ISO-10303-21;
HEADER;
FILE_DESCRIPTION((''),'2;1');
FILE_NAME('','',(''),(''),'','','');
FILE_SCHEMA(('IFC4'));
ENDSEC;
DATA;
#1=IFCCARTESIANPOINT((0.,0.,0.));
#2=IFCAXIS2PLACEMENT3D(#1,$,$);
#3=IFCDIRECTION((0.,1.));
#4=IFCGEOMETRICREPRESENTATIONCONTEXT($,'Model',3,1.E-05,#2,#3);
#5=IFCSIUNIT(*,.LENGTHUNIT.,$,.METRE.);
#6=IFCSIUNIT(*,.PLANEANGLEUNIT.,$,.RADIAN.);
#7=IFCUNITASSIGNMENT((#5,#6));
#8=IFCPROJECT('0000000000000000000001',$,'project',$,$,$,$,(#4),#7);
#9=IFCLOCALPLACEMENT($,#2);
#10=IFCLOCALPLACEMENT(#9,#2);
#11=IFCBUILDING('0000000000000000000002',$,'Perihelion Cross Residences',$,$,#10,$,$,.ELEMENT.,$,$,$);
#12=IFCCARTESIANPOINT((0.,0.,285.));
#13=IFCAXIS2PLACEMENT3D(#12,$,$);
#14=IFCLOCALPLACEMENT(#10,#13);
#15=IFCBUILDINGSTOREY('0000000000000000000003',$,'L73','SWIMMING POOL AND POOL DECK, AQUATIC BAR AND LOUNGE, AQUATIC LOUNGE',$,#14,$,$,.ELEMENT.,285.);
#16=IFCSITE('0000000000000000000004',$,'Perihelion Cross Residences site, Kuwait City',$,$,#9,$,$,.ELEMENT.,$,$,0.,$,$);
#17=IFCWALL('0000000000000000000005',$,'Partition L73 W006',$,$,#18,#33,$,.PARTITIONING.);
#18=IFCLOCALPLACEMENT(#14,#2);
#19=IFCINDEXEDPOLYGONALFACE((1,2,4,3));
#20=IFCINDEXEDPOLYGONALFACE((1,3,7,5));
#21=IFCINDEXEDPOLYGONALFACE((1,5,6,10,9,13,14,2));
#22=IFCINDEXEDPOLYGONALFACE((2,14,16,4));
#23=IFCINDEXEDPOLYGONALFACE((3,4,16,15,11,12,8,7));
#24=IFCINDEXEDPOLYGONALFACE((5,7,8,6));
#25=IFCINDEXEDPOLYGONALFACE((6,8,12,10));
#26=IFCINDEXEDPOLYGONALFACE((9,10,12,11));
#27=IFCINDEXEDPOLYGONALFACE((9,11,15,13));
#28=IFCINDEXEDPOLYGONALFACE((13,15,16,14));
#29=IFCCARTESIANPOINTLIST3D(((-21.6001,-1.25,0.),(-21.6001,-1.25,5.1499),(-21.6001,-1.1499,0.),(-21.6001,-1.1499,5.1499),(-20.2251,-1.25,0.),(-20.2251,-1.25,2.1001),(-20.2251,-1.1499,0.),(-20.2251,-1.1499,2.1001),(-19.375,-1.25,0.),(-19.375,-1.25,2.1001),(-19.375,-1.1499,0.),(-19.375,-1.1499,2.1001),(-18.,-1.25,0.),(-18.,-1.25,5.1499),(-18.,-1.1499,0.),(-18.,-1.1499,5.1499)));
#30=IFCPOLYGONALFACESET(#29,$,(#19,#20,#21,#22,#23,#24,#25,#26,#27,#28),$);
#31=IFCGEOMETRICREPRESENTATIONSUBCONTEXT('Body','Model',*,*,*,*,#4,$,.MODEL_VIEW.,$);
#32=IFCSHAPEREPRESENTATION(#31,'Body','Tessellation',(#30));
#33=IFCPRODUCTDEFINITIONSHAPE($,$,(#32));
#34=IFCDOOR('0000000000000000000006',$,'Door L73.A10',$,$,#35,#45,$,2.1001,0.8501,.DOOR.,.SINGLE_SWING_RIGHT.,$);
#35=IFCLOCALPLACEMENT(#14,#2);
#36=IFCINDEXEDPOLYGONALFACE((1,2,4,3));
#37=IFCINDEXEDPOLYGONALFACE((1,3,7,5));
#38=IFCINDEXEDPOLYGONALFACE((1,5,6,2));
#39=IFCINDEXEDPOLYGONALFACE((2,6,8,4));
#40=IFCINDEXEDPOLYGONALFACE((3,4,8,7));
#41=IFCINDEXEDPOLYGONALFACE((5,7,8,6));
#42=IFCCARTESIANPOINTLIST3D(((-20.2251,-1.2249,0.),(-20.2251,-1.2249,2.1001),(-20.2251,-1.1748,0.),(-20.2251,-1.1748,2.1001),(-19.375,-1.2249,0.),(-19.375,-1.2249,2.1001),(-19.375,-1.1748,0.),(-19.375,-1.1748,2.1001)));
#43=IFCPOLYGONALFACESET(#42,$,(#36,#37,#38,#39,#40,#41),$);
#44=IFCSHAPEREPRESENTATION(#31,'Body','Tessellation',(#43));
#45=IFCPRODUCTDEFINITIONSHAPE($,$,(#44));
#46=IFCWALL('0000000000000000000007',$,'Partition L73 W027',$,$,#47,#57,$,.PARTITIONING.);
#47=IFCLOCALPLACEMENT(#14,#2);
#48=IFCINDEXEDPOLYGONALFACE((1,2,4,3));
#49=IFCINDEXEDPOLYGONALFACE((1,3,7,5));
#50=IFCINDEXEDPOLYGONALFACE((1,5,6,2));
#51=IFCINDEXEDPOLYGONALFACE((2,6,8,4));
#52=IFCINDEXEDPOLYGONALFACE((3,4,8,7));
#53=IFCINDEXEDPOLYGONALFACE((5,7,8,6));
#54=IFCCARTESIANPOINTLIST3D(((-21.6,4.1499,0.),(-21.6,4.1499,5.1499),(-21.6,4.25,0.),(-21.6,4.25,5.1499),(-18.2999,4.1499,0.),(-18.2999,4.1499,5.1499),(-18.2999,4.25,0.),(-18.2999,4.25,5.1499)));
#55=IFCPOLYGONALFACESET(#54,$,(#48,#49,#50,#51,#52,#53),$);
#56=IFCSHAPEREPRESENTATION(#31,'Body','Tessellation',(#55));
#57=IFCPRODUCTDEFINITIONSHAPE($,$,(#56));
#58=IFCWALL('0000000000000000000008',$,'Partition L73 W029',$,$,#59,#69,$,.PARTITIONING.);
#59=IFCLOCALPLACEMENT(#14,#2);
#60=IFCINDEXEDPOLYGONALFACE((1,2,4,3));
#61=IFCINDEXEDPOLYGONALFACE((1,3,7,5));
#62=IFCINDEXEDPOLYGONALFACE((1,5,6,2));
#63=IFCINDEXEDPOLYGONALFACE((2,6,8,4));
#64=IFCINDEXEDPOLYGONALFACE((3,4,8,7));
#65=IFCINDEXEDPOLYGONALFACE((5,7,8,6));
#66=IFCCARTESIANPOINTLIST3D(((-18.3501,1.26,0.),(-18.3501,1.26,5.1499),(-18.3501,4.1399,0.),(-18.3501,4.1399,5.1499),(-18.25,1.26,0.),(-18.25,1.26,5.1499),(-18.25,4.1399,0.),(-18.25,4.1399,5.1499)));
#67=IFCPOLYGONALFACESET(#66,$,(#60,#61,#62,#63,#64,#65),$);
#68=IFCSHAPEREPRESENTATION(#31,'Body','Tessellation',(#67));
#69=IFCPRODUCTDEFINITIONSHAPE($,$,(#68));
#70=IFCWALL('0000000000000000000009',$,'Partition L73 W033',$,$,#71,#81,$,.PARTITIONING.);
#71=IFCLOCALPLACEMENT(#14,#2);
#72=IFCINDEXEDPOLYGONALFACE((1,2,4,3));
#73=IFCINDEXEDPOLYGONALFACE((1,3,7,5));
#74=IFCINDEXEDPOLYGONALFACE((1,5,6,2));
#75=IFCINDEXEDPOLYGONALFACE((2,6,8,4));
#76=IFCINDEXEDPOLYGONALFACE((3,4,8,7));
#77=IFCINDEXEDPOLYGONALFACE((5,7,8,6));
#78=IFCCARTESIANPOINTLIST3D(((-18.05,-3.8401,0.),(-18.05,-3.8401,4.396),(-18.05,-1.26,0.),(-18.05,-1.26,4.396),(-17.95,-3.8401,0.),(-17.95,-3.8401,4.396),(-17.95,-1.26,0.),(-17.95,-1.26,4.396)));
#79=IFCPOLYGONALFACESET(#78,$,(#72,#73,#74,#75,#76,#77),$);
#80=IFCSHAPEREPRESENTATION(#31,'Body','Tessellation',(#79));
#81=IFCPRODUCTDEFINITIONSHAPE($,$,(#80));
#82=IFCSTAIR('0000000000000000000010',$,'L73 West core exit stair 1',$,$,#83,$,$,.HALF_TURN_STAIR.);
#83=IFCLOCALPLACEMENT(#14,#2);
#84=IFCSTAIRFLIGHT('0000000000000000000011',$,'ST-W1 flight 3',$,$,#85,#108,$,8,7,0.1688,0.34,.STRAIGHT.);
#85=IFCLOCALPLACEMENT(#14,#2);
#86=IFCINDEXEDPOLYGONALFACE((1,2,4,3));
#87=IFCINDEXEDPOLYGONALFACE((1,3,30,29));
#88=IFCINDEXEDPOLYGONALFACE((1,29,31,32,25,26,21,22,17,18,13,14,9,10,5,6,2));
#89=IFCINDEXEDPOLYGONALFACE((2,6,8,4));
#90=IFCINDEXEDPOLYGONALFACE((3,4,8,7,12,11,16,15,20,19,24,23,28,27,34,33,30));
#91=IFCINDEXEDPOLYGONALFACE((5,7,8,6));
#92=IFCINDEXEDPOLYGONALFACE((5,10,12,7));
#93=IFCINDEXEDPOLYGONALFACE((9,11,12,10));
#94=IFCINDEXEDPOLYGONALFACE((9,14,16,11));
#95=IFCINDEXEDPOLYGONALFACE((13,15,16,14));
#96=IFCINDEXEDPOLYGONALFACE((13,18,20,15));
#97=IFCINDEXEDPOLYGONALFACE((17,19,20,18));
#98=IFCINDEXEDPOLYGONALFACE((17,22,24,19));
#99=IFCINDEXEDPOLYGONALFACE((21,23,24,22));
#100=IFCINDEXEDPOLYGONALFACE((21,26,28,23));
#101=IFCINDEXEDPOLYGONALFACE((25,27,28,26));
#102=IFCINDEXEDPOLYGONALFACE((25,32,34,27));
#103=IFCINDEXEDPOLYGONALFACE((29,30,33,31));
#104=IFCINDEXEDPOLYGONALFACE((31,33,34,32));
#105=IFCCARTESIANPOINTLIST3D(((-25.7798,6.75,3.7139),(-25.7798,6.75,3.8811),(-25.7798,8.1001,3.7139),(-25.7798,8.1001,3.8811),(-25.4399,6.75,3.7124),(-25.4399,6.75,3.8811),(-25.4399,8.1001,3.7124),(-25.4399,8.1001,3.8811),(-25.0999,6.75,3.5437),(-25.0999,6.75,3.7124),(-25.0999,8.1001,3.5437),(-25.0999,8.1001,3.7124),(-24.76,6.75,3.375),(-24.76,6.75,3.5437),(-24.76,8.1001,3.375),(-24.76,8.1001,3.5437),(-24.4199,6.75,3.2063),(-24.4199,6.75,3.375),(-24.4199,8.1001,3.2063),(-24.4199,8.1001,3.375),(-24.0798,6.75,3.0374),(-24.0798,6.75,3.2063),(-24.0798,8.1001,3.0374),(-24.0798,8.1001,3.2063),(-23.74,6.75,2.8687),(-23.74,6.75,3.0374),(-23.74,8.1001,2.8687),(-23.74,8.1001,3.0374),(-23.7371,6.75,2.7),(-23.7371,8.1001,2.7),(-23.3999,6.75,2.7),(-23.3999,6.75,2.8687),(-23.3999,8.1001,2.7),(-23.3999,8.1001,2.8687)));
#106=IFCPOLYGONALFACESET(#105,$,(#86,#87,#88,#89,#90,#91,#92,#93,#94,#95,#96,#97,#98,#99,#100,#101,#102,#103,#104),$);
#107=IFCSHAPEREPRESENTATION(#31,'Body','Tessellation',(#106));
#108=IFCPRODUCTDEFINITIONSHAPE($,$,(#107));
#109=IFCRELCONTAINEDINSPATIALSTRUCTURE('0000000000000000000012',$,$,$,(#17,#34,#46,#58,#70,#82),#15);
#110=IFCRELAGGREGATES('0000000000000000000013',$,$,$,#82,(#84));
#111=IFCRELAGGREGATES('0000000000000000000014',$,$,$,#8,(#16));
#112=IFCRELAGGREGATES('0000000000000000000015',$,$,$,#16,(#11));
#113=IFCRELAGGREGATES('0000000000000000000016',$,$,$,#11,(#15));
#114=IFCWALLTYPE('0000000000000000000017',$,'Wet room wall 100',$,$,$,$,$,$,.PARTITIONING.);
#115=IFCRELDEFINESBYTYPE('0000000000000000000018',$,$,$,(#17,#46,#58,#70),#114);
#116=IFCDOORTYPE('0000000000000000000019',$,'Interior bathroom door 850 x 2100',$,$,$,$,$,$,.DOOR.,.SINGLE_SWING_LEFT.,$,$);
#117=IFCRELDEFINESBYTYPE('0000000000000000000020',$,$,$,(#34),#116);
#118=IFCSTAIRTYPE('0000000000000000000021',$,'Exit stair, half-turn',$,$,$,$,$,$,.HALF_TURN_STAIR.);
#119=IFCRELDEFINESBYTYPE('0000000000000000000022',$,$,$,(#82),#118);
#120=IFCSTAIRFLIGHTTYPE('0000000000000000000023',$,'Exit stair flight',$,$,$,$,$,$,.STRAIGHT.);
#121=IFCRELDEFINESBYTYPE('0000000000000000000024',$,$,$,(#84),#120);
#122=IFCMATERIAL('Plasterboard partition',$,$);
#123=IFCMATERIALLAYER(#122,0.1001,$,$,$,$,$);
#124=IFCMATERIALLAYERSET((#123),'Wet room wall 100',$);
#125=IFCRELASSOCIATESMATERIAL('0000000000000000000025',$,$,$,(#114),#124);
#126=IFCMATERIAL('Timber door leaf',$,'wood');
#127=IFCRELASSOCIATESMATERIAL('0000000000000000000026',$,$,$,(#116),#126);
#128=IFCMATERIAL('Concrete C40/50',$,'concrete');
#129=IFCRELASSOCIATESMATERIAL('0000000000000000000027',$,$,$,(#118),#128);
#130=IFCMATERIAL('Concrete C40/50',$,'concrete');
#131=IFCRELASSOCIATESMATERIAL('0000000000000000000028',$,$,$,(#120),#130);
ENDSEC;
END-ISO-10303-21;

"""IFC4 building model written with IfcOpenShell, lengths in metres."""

from ifc_helpers import new_model, si_unit, direction, frame, frame_2d, origin, place, context, subcontext, project, spatial, polyline, rectangle, outline, extrude, material, layer, layer_set, type_object, element, fill, aggregate, save


model = new_model("IFC4")

# Units and contexts
model_context = context("Model", 3, precision=1e-05, world=origin(), true_north=direction((0.0, 1.0)))
body_context = subcontext(model_context, "Body", "Model", "MODEL_VIEW")
ifc_project = project(units=[si_unit("LENGTHUNIT", "METRE"), si_unit("PLANEANGLEUNIT", "RADIAN")], contexts=[model_context])

# Site, building, storey
site_placement = place(None, origin())
site = spatial("IfcSite", under=ifc_project, at=site_placement, Name="Perihelion Cross Residences site, Kuwait City", CompositionType="ELEMENT", RefElevation=0.0)
building_placement = place(site_placement, origin())
building = spatial("IfcBuilding", under=site, at=building_placement, Name="Perihelion Cross Residences", CompositionType="ELEMENT")
storey_placement = place(building_placement, frame((0.0, 0.0, 285.0)))
storey = spatial("IfcBuildingStorey", under=building, at=storey_placement, Name="L73", Description="SWIMMING POOL AND POOL DECK, AQUATIC BAR AND LOUNGE, AQUATIC LOUNGE", CompositionType="ELEMENT", Elevation=285.0)

# Wall, opening, door
ifc_material_1 = material(Name="Plasterboard partition")
ifc_layer_1 = layer(ifc_material_1, 0.1001)
ifc_layer_set_1 = layer_set([ifc_layer_1], Name="Wet room wall 100")
wall_type_1 = type_object("IfcWallType", Name="Wet room wall 100", PredefinedType="PARTITIONING", material=ifc_layer_set_1)
ifc_material_2 = material(Name="Timber door leaf", Category="wood")
door_type_1 = type_object("IfcDoorType", Name="Interior bathroom door 850 x 2100", OperationType="SINGLE_SWING_LEFT", PredefinedType="DOOR", material=ifc_material_2)
wall_1_placement = place(storey_placement, frame((-18.0, -1.2, 0.0), z_axis=(0.0, 0.0, 1.0), x_axis=(-1.0, 0.0, 0.0)))
wall_1 = element("IfcWall", 1, at=wall_1_placement, inside=storey, type_object=wall_type_1, Name="Partition L73 W006", PredefinedType="PARTITIONING", context=body_context, shape_type="SweptSolid", body=[
    extrude(rectangle(XDim=3.6001, YDim=0.1001, at=frame_2d((1.8, 0.0))), origin(), (0.0, 0.0, 1.0), 5.1499),
])
opening_1_placement = place(wall_1_placement, frame((1.375, 0.0, 0.0)))
opening_1 = element("IfcOpeningElement", 2, at=opening_1_placement, cuts=wall_1, PredefinedType="OPENING", context=body_context, shape_type="SweptSolid", body=[
    extrude(rectangle(XDim=0.8501, YDim=2.1001, at=frame_2d((0.425, 1.05))), frame((0.0, 0.0601, 0.0), z_axis=(0.0, -1.0, 0.0), x_axis=(1.0, 0.0, 0.0)), (0.0, 0.0, 1.0), 0.1201),
])
door_1_placement = place(opening_1_placement, origin())
door_1 = element("IfcDoor", 3, at=door_1_placement, inside=storey, type_object=door_type_1, Name="Door L73.A10", OperationType="SINGLE_SWING_RIGHT", OverallHeight=2.1001, OverallWidth=0.8501, PredefinedType="DOOR", context=body_context, shape_type="SweptSolid", body=[
    extrude(rectangle(XDim=0.8501, YDim=2.1001, at=frame_2d((0.425, 1.05))), frame((0.0, 0.0249, 0.0), z_axis=(0.0, -1.0, 0.0), x_axis=(1.0, 0.0, 0.0)), (0.0, 0.0, 1.0), 0.05),
])
fill(opening_1, door_1)

# Walls
wall_2_placement = place(storey_placement, frame((-18.3, 4.2, 0.0), z_axis=(0.0, 0.0, 1.0), x_axis=(-1.0, 0.0, 0.0)))
element("IfcWall", 4, at=wall_2_placement, inside=storey, type_object=wall_type_1, Name="Partition L73 W027", PredefinedType="PARTITIONING", context=body_context, shape_type="SweptSolid", body=[
    extrude(rectangle(XDim=3.3, YDim=0.1001, at=frame_2d((1.6499, 0.0))), origin(), (0.0, 0.0, 1.0), 5.1499),
])
wall_3_placement = place(storey_placement, frame((-18.3, 1.26, 0.0), z_axis=(0.0, 0.0, 1.0), x_axis=(0.0, 1.0, 0.0)))
element("IfcWall", 5, at=wall_3_placement, inside=storey, type_object=wall_type_1, Name="Partition L73 W029", PredefinedType="PARTITIONING", context=body_context, shape_type="SweptSolid", body=[
    extrude(rectangle(XDim=2.8799, YDim=0.1001, at=frame_2d((1.4399, 0.0))), origin(), (0.0, 0.0, 1.0), 5.1499),
])
wall_4_placement = place(storey_placement, frame((-18.0, -3.8401, 0.0), z_axis=(0.0, 0.0, 1.0), x_axis=(0.0, 1.0, 0.0)))
element("IfcWall", 6, at=wall_4_placement, inside=storey, type_object=wall_type_1, Name="Partition L73 W033", PredefinedType="PARTITIONING", context=body_context, shape_type="SweptSolid", body=[
    extrude(rectangle(XDim=2.5801, YDim=0.1001, at=frame_2d((1.29, 0.0))), origin(), (0.0, 0.0, 1.0), 4.396),
])

# Stair, stair flight
ifc_material_3 = material(Name="Concrete C40/50", Category="concrete")
stair_type = type_object("IfcStairType", Name="Exit stair, half-turn", PredefinedType="HALF_TURN_STAIR", material=ifc_material_3)
stair_placement = place(storey_placement, origin())
stair = element("IfcStair", 7, at=stair_placement, inside=storey, type_object=stair_type, Name="L73 West core exit stair 1", PredefinedType="HALF_TURN_STAIR")
ifc_material_4 = material(Name="Concrete C40/50", Category="concrete")
stair_flight_type = type_object("IfcStairFlightType", Name="Exit stair flight", PredefinedType="STRAIGHT", material=ifc_material_4)
stair_flight_placement = place(storey_placement, frame((-23.3999, 7.425, 2.7), z_axis=(0.0, 0.0, 1.0), x_axis=(-1.0, 0.0, 0.0)))
stair_flight = element("IfcStairFlight", 8, at=stair_flight_placement, type_object=stair_flight_type, Name="ST-W1 flight 3", NumberOfRisers=8, NumberOfTreads=7, PredefinedType="STRAIGHT", RiserHeight=0.1688, TreadLength=0.34, context=body_context, shape_type="SweptSolid", body=[
    extrude(outline(polyline([(0.0, 0.0), (0.0, 0.1687), (0.3401, 0.1687), (0.3401, 0.3374), (0.6799, 0.3374), (0.6799, 0.5063), (1.02, 0.5063), (1.02, 0.675), (1.3601, 0.675), (1.3601, 0.8438), (1.7, 0.8438), (1.7, 1.0125), (2.04, 1.0125), (2.04, 1.1812), (2.3799, 1.1812), (2.3799, 1.3501), (2.3799, 1.0139), (0.3372, 0.0), (0.0, 0.0)])), frame((0.0, 0.675, 0.0), z_axis=(0.0, -1.0, 0.0), x_axis=(1.0, 0.0, 0.0)), (0.0, 0.0, 1.0), 1.3501),
])
aggregate(stair, [stair_flight])

save(model, "model.ifc")
